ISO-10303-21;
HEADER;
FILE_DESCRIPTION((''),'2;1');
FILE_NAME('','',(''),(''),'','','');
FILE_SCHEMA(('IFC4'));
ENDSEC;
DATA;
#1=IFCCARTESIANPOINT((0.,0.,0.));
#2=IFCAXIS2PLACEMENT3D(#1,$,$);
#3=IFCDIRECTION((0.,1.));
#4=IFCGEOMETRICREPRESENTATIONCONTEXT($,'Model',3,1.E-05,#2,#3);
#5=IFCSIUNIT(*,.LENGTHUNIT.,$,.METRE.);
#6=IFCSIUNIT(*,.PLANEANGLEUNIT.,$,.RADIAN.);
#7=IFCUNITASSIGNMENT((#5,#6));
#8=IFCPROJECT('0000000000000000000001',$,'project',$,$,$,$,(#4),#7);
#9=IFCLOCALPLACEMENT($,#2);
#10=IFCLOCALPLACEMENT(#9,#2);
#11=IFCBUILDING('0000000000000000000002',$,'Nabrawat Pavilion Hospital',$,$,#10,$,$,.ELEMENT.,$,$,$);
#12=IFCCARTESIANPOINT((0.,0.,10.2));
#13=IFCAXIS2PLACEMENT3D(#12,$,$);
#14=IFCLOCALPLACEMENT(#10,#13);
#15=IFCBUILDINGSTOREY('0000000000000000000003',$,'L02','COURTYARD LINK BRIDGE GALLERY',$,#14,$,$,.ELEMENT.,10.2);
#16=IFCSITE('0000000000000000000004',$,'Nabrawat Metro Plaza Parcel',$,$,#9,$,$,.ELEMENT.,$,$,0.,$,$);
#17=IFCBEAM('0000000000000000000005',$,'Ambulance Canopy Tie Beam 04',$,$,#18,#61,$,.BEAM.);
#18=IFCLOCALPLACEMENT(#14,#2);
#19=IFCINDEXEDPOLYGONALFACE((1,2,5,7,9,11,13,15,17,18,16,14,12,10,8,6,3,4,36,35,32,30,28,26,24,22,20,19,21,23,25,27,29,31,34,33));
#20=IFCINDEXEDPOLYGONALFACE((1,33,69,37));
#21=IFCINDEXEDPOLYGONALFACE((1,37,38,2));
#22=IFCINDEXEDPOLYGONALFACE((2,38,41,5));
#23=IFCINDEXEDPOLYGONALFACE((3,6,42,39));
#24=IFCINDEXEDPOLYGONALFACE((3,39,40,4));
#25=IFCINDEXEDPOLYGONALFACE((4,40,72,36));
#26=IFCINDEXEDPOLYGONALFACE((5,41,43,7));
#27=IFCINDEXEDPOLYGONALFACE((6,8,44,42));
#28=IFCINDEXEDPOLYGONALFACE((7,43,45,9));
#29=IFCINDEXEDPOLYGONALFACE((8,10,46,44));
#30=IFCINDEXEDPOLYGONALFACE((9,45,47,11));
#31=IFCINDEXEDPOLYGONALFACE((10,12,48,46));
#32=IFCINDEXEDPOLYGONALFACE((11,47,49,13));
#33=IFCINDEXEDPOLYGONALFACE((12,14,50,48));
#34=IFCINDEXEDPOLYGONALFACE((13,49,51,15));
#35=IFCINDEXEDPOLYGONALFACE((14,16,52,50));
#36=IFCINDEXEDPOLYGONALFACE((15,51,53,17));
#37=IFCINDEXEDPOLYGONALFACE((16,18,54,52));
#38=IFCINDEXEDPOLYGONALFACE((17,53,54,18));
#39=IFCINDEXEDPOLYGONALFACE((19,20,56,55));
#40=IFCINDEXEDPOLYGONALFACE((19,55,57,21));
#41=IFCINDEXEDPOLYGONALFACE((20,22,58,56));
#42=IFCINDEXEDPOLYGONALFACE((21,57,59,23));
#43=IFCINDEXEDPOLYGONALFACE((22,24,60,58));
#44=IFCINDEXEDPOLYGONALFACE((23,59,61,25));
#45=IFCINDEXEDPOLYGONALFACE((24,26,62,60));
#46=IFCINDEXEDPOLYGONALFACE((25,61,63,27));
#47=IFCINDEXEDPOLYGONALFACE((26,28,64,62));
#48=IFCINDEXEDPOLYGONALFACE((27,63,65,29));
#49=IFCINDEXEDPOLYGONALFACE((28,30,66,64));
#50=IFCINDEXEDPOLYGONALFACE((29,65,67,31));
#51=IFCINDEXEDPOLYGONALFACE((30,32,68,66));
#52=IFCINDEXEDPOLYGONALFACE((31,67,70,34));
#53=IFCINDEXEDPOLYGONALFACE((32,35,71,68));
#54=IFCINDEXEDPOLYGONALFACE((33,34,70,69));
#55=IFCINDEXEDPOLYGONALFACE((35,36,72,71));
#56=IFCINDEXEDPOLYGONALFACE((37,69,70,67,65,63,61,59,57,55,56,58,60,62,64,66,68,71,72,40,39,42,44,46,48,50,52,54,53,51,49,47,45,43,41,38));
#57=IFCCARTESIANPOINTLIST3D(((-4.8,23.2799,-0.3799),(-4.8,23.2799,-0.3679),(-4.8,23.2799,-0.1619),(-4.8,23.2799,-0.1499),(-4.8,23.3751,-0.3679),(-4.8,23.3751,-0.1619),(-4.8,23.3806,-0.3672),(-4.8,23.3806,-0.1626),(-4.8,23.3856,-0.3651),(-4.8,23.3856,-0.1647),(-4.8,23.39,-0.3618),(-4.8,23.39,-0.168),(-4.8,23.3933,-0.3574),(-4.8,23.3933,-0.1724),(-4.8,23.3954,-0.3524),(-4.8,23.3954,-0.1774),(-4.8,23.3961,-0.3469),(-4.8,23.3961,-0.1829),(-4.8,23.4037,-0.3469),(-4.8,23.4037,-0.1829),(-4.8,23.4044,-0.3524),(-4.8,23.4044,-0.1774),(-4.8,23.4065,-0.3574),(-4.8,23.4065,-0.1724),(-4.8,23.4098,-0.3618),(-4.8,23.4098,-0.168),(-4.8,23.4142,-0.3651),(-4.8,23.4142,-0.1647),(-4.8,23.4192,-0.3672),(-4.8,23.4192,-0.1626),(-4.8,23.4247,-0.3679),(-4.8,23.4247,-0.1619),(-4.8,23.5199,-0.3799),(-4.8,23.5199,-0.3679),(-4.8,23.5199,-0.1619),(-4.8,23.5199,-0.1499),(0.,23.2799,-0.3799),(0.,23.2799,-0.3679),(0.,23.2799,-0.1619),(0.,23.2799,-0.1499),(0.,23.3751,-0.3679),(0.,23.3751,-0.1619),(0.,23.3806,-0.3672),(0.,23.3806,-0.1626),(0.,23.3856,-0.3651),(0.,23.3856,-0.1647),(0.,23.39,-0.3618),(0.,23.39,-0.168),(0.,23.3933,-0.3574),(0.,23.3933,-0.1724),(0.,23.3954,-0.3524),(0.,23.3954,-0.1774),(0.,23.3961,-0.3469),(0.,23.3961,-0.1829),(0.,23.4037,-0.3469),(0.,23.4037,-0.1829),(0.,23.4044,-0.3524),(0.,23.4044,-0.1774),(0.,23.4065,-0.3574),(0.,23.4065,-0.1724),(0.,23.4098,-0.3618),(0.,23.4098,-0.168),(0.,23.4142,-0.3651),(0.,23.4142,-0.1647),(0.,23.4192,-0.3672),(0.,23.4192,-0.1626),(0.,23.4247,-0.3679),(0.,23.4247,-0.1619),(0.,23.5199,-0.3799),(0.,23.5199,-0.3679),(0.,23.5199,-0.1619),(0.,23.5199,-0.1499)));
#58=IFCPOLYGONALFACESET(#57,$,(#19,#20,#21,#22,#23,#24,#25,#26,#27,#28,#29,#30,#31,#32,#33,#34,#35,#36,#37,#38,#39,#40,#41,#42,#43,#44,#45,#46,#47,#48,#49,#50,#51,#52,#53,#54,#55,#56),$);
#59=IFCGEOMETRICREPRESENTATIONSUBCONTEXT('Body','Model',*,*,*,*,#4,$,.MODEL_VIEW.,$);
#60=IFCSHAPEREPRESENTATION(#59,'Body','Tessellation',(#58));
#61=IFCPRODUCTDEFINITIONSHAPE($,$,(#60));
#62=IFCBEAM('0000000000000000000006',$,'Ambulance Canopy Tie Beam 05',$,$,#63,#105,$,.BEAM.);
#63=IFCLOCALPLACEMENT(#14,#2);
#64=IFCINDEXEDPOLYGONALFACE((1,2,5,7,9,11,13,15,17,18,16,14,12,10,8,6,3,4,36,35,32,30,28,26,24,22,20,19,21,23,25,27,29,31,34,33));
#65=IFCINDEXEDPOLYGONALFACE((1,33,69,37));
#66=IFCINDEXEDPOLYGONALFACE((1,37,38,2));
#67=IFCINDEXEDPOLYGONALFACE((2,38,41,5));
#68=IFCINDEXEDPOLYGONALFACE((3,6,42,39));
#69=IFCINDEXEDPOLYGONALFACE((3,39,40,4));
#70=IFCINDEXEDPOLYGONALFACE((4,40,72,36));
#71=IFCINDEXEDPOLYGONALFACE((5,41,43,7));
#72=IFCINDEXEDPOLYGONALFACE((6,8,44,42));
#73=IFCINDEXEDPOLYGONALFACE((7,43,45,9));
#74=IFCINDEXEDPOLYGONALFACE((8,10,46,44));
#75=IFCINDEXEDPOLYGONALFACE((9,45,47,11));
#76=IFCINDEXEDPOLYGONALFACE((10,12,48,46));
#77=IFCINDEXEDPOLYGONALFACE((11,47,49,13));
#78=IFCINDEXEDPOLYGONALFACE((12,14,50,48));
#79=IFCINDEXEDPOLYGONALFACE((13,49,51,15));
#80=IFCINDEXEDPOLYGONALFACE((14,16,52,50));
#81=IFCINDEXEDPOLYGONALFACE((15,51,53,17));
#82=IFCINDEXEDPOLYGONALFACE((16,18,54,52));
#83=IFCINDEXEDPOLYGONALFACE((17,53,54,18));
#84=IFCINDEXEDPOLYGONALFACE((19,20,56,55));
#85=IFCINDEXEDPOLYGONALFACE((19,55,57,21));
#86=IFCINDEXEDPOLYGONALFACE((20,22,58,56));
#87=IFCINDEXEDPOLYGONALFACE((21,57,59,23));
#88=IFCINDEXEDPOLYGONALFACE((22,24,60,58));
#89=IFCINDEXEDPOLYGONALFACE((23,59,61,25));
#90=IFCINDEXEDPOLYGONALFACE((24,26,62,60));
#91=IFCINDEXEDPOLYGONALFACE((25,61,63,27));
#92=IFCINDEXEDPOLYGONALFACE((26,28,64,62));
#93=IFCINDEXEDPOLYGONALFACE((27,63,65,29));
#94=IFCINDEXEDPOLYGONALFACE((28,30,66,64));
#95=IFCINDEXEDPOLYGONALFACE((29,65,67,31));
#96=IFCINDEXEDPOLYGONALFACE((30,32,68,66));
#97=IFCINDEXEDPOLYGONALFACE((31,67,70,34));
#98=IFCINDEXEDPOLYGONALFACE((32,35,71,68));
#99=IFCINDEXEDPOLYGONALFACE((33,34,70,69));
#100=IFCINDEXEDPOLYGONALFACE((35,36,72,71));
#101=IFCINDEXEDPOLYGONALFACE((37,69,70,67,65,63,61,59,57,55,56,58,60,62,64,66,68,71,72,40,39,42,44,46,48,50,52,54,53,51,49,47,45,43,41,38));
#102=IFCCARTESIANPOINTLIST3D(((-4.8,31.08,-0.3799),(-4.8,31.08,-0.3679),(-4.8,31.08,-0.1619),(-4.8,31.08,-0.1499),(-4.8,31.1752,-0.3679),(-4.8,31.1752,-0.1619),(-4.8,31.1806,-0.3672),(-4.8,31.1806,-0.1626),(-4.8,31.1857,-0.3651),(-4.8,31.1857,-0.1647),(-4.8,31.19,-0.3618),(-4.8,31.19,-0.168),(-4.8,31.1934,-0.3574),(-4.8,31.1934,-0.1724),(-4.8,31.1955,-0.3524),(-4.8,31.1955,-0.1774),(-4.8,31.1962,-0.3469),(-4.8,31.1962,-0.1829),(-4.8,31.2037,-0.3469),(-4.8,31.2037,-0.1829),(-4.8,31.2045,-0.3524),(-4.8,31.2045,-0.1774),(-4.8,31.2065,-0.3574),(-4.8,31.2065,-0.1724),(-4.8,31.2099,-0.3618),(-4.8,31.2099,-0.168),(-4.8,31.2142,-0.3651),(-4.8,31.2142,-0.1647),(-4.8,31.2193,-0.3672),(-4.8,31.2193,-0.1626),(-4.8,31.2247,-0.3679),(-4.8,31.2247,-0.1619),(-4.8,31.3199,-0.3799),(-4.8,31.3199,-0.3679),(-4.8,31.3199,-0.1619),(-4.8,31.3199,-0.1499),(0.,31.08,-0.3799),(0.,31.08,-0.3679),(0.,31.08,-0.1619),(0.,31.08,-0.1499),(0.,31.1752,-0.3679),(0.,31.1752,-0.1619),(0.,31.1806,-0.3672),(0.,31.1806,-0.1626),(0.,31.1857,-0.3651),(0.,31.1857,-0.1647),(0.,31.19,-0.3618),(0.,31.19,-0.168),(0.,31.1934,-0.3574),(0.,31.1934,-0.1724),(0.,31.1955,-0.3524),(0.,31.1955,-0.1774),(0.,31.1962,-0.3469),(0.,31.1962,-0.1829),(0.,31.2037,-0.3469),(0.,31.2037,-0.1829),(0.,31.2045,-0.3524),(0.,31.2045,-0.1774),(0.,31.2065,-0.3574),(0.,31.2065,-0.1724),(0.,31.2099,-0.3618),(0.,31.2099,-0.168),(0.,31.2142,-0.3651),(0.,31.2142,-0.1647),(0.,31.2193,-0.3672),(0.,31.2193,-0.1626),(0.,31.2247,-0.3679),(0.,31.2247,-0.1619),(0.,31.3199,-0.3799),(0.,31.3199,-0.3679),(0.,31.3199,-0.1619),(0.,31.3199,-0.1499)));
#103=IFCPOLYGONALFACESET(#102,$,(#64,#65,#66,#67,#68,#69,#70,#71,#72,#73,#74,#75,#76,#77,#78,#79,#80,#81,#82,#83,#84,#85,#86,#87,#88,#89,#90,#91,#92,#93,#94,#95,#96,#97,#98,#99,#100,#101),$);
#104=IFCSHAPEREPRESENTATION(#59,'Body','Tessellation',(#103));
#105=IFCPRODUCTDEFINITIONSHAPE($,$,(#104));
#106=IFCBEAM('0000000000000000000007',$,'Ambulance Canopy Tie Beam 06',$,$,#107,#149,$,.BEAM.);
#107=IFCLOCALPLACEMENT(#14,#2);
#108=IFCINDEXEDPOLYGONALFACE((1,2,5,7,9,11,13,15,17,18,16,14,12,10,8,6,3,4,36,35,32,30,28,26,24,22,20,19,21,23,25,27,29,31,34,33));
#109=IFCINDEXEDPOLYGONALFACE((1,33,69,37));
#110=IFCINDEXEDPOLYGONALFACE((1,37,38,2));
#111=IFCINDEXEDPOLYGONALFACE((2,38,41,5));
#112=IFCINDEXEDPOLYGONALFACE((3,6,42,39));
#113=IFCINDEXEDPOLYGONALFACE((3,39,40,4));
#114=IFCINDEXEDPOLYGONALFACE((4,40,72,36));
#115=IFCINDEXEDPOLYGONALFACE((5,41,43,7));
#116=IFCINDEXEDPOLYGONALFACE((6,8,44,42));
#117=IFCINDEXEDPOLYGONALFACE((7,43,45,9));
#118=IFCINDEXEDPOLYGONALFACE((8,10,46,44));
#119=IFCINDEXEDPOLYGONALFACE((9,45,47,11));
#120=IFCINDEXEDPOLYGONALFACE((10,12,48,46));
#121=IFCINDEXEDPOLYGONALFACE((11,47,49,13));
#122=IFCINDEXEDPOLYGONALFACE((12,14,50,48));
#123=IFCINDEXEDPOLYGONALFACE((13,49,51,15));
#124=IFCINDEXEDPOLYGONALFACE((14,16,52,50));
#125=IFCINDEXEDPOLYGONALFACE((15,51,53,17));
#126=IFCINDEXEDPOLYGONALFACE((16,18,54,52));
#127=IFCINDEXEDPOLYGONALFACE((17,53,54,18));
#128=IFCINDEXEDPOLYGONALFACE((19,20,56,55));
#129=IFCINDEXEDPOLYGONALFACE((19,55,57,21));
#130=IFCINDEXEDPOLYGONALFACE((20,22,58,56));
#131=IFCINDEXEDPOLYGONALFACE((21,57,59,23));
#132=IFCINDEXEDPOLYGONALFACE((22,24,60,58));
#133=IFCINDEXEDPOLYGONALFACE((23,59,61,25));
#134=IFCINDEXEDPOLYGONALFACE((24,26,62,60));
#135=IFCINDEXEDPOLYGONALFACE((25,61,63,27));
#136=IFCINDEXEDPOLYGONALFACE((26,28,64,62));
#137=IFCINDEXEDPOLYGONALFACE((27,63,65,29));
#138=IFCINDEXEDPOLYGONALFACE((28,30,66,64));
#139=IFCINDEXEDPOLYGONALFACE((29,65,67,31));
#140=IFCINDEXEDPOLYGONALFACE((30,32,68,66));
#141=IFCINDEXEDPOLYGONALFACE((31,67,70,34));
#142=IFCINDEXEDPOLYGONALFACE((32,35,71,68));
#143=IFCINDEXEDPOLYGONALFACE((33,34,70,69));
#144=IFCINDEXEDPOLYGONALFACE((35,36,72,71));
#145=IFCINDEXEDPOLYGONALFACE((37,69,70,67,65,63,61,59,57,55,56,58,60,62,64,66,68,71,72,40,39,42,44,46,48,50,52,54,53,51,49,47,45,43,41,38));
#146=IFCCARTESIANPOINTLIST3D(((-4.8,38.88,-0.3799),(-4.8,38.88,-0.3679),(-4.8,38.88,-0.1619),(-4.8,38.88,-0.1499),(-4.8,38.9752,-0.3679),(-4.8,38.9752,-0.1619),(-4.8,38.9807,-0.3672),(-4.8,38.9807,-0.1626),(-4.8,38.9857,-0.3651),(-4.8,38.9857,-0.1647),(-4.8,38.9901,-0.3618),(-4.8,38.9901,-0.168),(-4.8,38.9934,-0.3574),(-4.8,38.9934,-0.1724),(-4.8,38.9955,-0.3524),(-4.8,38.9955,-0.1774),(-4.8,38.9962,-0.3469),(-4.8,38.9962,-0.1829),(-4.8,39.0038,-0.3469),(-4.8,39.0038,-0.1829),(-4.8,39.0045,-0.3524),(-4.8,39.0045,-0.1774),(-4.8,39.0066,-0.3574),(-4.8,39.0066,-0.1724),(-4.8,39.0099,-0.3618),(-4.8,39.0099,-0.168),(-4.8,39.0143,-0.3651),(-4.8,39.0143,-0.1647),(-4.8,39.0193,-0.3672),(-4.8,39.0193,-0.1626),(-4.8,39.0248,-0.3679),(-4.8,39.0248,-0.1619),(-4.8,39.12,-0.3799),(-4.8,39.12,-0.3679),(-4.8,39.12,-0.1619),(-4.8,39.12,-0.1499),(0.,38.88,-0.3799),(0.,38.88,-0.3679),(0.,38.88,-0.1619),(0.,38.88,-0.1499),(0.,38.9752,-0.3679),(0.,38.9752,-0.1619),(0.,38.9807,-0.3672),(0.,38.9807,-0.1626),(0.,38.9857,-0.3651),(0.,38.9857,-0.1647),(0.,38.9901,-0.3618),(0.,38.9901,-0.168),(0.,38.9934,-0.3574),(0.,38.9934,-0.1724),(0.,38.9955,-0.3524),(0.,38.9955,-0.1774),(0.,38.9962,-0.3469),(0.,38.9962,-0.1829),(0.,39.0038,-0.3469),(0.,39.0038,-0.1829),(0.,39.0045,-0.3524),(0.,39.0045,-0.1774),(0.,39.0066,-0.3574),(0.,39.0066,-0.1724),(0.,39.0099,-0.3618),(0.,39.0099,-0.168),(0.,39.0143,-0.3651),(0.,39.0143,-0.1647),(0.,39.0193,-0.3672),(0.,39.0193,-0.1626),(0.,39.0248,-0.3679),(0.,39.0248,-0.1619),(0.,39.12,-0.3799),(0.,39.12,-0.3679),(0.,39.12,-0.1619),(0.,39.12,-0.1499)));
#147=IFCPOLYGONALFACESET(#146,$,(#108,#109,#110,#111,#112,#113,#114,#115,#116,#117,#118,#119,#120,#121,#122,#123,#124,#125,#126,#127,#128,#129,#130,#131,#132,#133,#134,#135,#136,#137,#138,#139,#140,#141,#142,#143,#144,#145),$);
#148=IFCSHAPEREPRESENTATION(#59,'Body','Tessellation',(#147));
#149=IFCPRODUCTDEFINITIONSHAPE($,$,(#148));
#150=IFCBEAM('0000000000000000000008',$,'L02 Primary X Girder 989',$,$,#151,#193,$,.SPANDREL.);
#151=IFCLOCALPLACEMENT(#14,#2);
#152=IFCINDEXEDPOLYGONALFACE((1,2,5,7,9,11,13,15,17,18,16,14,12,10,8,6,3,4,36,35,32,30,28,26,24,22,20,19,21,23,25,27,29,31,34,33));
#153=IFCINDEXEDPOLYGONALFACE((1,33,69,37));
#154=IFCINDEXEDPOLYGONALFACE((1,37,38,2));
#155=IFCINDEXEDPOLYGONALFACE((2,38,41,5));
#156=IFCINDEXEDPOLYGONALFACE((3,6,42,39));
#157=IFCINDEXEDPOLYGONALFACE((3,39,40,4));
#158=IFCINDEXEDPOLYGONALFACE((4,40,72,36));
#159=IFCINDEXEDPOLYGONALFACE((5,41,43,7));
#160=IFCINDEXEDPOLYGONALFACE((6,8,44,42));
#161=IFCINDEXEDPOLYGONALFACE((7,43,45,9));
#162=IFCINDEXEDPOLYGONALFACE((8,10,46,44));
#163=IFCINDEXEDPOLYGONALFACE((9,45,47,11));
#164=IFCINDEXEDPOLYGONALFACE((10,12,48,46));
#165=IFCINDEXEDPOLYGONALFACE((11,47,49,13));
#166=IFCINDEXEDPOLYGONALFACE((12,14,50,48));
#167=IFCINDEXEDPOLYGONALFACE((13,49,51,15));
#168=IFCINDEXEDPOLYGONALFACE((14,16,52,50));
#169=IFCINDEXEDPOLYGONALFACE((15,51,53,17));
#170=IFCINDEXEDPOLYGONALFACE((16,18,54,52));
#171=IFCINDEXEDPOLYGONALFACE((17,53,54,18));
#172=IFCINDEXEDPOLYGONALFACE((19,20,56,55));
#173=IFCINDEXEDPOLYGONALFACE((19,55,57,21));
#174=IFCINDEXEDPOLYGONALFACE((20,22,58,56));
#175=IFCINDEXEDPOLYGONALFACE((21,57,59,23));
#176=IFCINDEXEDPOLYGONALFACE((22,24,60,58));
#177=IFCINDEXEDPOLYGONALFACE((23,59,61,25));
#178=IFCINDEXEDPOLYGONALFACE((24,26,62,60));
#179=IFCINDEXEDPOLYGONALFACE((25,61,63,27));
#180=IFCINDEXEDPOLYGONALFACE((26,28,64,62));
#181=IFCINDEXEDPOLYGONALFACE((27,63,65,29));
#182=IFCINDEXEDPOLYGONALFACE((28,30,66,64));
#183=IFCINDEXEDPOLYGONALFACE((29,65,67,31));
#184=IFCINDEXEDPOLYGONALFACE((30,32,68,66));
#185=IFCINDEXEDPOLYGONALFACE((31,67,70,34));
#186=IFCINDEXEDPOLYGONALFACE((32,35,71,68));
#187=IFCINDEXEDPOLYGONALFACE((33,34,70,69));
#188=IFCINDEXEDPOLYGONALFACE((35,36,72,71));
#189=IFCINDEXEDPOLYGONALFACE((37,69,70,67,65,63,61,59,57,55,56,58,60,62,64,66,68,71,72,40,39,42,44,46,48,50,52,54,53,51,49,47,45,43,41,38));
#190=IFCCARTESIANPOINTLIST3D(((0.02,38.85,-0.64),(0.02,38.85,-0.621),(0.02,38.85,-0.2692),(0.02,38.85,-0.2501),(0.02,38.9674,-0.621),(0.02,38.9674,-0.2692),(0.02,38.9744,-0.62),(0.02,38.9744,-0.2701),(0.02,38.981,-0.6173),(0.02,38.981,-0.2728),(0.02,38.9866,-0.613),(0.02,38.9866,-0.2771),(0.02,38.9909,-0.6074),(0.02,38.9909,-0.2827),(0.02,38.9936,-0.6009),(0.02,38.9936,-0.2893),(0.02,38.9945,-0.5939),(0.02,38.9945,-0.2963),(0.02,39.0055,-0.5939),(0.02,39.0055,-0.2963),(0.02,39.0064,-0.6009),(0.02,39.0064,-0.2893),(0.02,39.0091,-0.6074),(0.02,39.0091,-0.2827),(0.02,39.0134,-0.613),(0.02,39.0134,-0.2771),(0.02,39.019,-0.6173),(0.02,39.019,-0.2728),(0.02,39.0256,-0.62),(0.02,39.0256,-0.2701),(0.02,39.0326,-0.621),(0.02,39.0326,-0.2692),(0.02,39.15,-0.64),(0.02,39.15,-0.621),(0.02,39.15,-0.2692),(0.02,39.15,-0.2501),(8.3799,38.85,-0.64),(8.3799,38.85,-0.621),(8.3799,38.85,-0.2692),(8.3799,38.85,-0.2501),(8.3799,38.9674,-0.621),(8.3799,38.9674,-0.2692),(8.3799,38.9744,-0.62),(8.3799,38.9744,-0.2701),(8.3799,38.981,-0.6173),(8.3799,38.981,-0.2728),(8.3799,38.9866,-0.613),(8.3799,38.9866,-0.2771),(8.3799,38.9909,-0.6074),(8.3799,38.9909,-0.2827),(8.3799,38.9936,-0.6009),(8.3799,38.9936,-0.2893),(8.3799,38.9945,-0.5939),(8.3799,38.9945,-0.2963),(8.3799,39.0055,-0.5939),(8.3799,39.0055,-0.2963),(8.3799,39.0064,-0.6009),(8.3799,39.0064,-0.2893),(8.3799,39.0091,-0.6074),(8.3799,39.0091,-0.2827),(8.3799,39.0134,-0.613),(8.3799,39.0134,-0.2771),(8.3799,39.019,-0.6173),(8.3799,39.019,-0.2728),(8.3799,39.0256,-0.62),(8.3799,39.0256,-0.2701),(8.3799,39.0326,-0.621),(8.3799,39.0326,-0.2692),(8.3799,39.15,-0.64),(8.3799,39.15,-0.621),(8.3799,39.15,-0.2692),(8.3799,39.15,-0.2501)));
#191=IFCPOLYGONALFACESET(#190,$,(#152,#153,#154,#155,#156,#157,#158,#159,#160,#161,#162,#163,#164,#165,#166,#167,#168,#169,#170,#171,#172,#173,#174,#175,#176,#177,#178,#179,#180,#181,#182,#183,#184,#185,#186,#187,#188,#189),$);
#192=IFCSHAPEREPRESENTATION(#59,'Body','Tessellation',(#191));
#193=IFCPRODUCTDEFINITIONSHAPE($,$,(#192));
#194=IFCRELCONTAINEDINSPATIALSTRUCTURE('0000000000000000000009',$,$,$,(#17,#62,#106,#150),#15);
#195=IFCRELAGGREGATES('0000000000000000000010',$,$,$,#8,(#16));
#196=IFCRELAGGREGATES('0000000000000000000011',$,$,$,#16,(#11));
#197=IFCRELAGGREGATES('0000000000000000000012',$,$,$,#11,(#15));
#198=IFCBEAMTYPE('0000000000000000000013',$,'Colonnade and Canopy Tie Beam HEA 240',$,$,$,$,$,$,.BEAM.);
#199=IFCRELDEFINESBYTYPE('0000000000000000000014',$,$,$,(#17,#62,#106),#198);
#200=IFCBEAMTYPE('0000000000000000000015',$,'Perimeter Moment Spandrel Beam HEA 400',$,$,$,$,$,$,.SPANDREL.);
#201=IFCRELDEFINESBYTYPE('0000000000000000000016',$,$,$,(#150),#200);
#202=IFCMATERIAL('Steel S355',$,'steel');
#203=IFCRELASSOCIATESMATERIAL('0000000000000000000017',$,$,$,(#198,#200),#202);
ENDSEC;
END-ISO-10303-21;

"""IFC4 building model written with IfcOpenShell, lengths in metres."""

from ifc_helpers import new_model, si_unit, direction, frame, origin, origin_2d, place, context, subcontext, project, spatial, i_section, extrude, material, material_profile, profile_set, type_object, element, save


model = new_model("IFC4")

# Units and contexts
model_context = context("Model", 3, precision=1e-05, world=origin(), true_north=direction((0.0, 1.0)))
body_context = subcontext(model_context, "Body", "Model", "MODEL_VIEW")
ifc_project = project(units=[si_unit("LENGTHUNIT", "METRE"), si_unit("PLANEANGLEUNIT", "RADIAN")], contexts=[model_context])

# Site, building, storey
site_placement = place(None, origin())
site = spatial("IfcSite", under=ifc_project, at=site_placement, Name="Nabrawat Metro Plaza Parcel", CompositionType="ELEMENT", RefElevation=0.0)
building_placement = place(site_placement, origin())
building = spatial("IfcBuilding", under=site, at=building_placement, Name="Nabrawat Pavilion Hospital", CompositionType="ELEMENT")
storey_placement = place(building_placement, frame((0.0, 0.0, 10.2)))
storey = spatial("IfcBuildingStorey", under=building, at=storey_placement, Name="L02", Description="COURTYARD LINK BRIDGE GALLERY", CompositionType="ELEMENT", Elevation=10.2)

# Shared definitions
ifc_material_1 = material(Name="Steel S355", Category="steel")

# Beams
ifc_material_profile_1 = material_profile(ifc_material_1, i_section(OverallWidth=0.24, OverallDepth=0.23, WebThickness=0.0076, FlangeThickness=0.012, FilletRadius=0.021, at=origin_2d()), Name="HEA 240")
ifc_profile_set_1 = profile_set([ifc_material_profile_1], Name="Steel S355")
beam_type_1 = type_object("IfcBeamType", Name="Colonnade and Canopy Tie Beam HEA 240", PredefinedType="BEAM", material=ifc_profile_set_1)
for number, where, z_axis, x_axis, name in (
    (1, (-4.8, 23.3999, -0.2649), (1.0, 0.0, 0.0), (0.0, 1.0, 0.0), "Ambulance Canopy Tie Beam 04"),
    (2, (-4.8, 31.2, -0.2649), (1.0, 0.0, 0.0), (0.0, 1.0, 0.0), "Ambulance Canopy Tie Beam 05"),
    (3, (-4.8, 39.0, -0.2649), (1.0, 0.0, 0.0), (0.0, 1.0, 0.0), "Ambulance Canopy Tie Beam 06"),
):
    element("IfcBeam", number, at=place(storey_placement, frame(where, z_axis=z_axis, x_axis=x_axis)), inside=storey, type_object=beam_type_1, Name=name, PredefinedType="BEAM", context=body_context, shape_type="SweptSolid", body=[
        extrude(i_section(OverallWidth=0.24, OverallDepth=0.23, WebThickness=0.0076, FlangeThickness=0.012, FilletRadius=0.021, at=origin_2d()), origin(), (0.0, 0.0, 1.0), 4.8),
    ])
ifc_material_profile_2 = material_profile(ifc_material_1, i_section(OverallWidth=0.3, OverallDepth=0.3899, WebThickness=0.011, FlangeThickness=0.019, FilletRadius=0.0271, at=origin_2d()), Name="HEA 400")
ifc_profile_set_2 = profile_set([ifc_material_profile_2], Name="Steel S355")
beam_type_2 = type_object("IfcBeamType", Name="Perimeter Moment Spandrel Beam HEA 400", PredefinedType="SPANDREL", material=ifc_profile_set_2)
beam_1_placement = place(storey_placement, frame((0.02, 39.0, -0.4451), z_axis=(1.0, 0.0, 0.0), x_axis=(0.0, 1.0, 0.0)))
element("IfcBeam", 4, at=beam_1_placement, inside=storey, type_object=beam_type_2, Name="L02 Primary X Girder 989", PredefinedType="SPANDREL", context=body_context, shape_type="SweptSolid", body=[
    extrude(i_section(OverallWidth=0.3, OverallDepth=0.3899, WebThickness=0.011, FlangeThickness=0.019, FilletRadius=0.0271, at=origin_2d()), origin(), (0.0, 0.0, 1.0), 8.3599),
])

save(model, "model.ifc")
